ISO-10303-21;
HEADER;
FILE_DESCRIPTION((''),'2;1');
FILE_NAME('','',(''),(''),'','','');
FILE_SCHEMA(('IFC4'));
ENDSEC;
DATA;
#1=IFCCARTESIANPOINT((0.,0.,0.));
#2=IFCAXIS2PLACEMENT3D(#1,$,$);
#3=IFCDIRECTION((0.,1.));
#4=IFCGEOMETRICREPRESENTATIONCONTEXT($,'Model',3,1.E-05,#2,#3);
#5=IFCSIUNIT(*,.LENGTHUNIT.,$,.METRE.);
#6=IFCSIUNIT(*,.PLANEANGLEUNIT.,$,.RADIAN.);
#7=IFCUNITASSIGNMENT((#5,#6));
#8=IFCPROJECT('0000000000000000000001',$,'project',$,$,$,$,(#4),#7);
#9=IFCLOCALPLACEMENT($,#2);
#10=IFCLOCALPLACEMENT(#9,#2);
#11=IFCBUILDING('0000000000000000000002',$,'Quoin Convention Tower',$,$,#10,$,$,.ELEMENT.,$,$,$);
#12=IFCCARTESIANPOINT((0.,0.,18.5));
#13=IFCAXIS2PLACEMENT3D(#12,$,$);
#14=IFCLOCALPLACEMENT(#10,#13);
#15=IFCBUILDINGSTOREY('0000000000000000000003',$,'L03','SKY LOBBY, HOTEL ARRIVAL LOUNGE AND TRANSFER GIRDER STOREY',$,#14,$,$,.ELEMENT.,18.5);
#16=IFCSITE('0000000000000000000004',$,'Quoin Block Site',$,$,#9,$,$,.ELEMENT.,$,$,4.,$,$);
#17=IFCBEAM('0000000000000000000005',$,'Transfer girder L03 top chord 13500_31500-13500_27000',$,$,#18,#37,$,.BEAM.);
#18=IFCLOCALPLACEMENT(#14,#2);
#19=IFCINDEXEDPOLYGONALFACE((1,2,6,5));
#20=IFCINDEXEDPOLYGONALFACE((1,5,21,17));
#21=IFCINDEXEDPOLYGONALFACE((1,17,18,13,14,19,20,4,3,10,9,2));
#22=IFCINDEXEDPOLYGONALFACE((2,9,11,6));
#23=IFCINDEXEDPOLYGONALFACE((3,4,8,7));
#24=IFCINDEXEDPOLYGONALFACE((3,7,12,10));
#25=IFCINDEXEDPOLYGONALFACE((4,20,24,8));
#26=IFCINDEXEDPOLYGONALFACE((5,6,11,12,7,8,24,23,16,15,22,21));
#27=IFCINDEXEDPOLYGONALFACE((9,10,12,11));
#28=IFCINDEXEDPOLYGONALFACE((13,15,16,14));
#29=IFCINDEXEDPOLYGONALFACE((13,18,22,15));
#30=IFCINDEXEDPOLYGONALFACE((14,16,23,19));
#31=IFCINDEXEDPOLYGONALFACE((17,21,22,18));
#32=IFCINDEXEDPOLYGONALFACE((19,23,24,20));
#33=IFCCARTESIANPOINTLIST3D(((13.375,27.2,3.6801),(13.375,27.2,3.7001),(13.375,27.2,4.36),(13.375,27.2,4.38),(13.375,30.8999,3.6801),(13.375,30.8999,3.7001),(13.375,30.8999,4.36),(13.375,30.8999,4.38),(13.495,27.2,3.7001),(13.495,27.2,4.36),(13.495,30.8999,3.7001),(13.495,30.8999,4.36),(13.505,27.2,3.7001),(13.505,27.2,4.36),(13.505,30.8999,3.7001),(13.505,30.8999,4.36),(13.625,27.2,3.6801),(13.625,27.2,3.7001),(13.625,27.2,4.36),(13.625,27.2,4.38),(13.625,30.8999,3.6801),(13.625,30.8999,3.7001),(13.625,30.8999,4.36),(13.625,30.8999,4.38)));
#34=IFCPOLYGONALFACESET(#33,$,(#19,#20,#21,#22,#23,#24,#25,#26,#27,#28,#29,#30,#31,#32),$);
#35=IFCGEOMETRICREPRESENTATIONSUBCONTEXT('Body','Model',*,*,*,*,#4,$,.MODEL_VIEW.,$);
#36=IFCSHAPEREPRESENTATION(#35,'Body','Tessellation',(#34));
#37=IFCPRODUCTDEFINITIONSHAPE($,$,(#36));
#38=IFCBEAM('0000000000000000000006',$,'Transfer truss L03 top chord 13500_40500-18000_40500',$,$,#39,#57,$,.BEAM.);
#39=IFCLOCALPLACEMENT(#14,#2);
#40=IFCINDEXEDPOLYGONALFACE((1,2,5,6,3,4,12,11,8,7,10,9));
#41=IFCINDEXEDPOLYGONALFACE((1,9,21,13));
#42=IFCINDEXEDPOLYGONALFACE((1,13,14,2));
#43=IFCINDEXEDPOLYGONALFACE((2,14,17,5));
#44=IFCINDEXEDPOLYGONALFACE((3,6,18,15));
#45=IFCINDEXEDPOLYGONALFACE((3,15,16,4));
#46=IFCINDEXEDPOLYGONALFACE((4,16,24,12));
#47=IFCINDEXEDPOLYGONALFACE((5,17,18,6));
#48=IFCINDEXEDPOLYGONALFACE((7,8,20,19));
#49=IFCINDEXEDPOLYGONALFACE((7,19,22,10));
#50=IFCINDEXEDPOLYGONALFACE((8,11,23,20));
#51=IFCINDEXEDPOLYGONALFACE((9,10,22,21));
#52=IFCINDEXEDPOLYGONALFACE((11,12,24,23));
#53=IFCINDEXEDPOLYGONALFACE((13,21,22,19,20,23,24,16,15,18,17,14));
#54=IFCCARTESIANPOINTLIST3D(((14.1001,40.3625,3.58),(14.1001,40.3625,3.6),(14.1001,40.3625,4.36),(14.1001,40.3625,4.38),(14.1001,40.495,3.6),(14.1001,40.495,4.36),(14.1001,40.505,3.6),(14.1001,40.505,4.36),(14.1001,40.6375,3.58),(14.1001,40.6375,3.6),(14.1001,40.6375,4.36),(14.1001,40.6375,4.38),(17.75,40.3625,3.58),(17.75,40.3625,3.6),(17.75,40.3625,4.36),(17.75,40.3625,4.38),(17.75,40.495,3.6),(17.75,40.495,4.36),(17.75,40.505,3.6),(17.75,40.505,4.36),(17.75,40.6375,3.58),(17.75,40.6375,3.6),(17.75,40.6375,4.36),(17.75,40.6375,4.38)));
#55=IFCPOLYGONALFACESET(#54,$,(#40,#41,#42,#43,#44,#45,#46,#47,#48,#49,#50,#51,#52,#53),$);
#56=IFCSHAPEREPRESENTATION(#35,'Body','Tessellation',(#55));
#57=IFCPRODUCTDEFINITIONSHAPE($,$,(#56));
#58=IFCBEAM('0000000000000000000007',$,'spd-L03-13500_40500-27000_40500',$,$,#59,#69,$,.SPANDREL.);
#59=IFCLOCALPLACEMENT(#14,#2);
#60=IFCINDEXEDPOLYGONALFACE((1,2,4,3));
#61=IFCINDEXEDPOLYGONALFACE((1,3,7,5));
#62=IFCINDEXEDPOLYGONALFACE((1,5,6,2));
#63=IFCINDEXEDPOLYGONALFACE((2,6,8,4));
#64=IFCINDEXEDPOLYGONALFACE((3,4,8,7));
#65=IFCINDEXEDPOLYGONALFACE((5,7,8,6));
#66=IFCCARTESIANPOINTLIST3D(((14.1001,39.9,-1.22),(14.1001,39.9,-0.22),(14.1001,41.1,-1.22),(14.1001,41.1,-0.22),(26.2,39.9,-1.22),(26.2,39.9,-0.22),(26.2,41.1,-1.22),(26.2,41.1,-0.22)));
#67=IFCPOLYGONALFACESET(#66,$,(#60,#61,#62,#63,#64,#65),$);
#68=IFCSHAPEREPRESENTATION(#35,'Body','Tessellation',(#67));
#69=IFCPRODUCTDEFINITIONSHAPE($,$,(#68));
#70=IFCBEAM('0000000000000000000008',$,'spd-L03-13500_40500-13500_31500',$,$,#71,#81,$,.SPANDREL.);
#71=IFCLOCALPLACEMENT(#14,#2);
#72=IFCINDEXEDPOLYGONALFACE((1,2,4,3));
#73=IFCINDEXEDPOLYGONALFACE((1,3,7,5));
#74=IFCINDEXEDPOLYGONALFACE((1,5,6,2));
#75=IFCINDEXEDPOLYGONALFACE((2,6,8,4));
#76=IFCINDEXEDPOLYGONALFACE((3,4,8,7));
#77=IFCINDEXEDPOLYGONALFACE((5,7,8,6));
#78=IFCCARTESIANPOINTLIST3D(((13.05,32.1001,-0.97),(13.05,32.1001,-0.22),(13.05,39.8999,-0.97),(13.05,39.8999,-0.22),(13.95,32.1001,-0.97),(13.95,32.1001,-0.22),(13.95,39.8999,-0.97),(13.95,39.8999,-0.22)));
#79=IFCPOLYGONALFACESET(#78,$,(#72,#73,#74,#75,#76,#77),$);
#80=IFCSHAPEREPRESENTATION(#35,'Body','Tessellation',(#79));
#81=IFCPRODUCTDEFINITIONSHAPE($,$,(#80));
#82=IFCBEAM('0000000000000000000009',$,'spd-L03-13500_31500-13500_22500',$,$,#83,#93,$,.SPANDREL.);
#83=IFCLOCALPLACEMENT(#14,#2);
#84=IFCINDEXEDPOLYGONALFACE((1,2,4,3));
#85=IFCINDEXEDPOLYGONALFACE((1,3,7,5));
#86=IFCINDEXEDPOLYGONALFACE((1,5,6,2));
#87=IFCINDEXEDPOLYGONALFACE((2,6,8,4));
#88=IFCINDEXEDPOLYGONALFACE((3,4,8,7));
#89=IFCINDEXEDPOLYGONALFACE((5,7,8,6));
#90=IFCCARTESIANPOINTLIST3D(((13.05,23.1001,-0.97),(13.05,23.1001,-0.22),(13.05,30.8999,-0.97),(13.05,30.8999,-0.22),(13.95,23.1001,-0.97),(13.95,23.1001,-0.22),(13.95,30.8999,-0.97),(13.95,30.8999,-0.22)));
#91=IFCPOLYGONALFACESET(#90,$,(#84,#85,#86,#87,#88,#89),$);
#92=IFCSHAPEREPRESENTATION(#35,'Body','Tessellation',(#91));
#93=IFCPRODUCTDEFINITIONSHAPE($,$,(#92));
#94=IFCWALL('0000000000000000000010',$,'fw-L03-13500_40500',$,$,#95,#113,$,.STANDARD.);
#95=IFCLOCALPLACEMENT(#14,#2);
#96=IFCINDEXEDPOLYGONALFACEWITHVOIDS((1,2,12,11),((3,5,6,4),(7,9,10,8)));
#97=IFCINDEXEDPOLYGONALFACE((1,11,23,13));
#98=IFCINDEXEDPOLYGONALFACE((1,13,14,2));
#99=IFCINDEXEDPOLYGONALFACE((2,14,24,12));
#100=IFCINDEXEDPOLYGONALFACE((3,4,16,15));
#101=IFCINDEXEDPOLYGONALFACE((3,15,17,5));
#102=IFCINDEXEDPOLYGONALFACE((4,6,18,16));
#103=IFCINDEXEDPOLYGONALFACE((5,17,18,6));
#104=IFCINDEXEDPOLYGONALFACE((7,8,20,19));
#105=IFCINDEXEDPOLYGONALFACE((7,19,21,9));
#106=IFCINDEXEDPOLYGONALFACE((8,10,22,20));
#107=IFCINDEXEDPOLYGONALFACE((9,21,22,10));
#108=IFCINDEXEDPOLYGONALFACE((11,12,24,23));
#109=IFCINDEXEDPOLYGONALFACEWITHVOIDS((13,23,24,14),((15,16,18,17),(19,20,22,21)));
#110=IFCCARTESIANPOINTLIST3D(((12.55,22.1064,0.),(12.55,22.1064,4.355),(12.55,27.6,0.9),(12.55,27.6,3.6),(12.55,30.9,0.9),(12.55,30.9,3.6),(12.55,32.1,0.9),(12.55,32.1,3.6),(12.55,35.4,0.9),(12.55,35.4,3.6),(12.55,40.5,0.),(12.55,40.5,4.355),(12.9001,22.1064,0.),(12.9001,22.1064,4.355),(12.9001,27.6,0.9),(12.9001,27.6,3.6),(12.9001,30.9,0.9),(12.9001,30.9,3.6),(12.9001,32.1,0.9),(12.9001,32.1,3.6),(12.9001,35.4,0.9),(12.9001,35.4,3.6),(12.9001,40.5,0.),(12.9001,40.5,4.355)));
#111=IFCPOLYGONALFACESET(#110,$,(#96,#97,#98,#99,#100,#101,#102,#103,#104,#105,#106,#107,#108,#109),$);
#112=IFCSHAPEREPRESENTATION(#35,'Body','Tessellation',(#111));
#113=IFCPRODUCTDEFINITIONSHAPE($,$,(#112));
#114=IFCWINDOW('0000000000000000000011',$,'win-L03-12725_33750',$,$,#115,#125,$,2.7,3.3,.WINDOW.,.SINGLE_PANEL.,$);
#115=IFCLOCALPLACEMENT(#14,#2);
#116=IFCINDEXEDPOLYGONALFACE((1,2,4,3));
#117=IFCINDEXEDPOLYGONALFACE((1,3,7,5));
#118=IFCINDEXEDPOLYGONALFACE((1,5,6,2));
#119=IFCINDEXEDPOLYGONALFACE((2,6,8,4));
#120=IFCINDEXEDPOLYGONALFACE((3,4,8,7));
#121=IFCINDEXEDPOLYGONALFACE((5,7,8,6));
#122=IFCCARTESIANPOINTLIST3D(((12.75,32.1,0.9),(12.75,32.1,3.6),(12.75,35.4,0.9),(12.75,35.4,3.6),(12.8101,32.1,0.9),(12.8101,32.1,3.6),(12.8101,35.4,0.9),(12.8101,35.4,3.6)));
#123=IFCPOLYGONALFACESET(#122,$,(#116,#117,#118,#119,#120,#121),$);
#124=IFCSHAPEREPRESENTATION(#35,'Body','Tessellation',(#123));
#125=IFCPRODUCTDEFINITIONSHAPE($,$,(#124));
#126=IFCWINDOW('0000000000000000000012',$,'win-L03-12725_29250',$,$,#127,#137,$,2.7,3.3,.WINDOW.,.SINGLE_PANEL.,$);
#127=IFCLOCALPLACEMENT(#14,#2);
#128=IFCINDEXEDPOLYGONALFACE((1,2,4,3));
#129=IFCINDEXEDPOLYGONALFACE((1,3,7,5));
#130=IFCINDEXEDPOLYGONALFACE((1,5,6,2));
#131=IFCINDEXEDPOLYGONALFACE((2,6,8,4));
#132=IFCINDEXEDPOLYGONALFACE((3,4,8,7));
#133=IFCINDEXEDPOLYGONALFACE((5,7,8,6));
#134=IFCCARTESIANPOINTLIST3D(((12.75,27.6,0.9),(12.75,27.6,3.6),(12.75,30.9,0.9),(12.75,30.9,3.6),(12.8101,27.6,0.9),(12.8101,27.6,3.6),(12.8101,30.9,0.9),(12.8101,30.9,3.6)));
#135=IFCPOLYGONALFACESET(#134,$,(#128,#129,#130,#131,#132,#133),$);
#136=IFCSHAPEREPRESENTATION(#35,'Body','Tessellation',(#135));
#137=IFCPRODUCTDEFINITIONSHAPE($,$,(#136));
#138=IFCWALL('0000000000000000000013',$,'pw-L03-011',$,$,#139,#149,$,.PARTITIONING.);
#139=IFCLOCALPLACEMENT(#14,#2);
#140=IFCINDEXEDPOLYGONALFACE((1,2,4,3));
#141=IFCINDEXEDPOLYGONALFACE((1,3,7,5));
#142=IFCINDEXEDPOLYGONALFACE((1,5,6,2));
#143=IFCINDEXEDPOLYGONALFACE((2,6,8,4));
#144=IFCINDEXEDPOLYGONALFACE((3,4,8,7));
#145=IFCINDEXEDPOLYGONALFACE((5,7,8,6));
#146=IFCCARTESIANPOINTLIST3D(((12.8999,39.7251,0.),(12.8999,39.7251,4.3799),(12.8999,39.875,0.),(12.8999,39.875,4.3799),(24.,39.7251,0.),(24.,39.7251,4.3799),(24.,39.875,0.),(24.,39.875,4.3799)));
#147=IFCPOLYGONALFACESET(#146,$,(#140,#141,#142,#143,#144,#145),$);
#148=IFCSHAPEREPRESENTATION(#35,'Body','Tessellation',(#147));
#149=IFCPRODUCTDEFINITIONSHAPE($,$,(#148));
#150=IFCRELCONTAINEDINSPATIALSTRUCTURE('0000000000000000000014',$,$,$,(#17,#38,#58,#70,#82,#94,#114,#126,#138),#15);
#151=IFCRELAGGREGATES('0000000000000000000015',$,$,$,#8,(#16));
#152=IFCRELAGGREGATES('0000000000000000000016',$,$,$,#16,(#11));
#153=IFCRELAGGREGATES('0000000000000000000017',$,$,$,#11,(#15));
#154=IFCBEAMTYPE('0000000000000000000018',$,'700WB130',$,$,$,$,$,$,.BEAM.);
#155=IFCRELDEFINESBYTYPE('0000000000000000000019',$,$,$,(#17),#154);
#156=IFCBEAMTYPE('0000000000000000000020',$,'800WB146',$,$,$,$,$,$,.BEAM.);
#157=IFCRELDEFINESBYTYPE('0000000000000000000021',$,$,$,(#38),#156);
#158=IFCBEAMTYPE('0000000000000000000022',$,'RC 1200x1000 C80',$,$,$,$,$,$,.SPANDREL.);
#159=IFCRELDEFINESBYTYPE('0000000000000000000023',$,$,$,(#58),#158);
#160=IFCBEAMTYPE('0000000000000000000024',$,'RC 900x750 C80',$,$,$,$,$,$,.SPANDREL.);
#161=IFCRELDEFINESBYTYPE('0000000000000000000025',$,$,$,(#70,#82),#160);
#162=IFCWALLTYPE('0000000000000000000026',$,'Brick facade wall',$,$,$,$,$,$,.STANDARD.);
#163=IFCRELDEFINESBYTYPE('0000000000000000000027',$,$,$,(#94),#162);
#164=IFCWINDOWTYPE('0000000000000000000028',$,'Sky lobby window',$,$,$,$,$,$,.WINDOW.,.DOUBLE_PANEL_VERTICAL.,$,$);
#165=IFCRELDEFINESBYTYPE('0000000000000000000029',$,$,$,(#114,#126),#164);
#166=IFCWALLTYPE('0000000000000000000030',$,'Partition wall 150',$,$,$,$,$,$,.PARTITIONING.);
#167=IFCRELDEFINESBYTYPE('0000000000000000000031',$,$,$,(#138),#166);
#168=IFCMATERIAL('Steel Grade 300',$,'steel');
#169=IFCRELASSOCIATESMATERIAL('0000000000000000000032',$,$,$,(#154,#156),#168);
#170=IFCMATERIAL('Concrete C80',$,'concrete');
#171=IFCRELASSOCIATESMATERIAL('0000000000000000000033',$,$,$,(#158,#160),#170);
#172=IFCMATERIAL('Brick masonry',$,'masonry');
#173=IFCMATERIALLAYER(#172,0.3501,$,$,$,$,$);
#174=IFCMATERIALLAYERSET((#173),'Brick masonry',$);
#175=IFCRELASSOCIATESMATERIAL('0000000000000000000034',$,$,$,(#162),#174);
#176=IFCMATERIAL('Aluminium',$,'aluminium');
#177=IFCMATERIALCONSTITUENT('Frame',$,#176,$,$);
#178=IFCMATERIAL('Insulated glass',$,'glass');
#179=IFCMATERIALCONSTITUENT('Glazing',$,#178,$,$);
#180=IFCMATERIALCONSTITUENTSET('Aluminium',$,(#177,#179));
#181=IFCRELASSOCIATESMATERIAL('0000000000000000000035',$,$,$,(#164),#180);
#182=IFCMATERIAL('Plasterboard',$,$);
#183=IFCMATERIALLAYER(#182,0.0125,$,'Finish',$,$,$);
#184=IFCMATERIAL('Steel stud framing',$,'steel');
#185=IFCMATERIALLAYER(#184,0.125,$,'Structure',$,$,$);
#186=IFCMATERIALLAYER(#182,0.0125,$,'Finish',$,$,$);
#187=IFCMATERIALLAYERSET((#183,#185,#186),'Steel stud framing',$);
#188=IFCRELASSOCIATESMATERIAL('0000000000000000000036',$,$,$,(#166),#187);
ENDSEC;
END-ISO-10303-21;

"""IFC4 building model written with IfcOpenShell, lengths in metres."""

from ifc_helpers import new_model, si_unit, direction, frame, frame_2d, origin, origin_2d, place, context, subcontext, project, spatial, rectangle, i_section, extrude, material, layer, layer_set, constituent, constituent_set, material_profile, profile_set, type_object, element, fill, save


model = new_model("IFC4")

# Units and contexts
model_context = context("Model", 3, precision=1e-05, world=origin(), true_north=direction((0.0, 1.0)))
body_context = subcontext(model_context, "Body", "Model", "MODEL_VIEW")
ifc_project = project(units=[si_unit("LENGTHUNIT", "METRE"), si_unit("PLANEANGLEUNIT", "RADIAN")], contexts=[model_context])

# Site, building, storey
site_placement = place(None, origin())
site = spatial("IfcSite", under=ifc_project, at=site_placement, Name="Quoin Block Site", CompositionType="ELEMENT", RefElevation=4.0)
building_placement = place(site_placement, origin())
building = spatial("IfcBuilding", under=site, at=building_placement, Name="Quoin Convention Tower", CompositionType="ELEMENT")
storey_placement = place(building_placement, frame((0.0, 0.0, 18.5)))
storey = spatial("IfcBuildingStorey", under=building, at=storey_placement, Name="L03", Description="SKY LOBBY, HOTEL ARRIVAL LOUNGE AND TRANSFER GIRDER STOREY", CompositionType="ELEMENT", Elevation=18.5)

# Shared definitions
ifc_material_1 = material(Name="Concrete C80", Category="concrete")

# Shared definitions
ifc_material_2 = material(Name="Steel Grade 300", Category="steel")

# Beams
ifc_material_profile_1 = material_profile(ifc_material_2, i_section(OverallWidth=0.25, OverallDepth=0.7, WebThickness=0.01, FlangeThickness=0.02, at=origin_2d()), Name="700WB130")
ifc_profile_set_1 = profile_set([ifc_material_profile_1], Name="Steel Grade 300")
beam_type_1 = type_object("IfcBeamType", Name="700WB130", PredefinedType="BEAM", material=ifc_profile_set_1)
for number, where, z_axis, x_axis, name in (
    (1, (13.5, 30.8999, 4.03), (0.0, -1.0, 0.0), (1.0, 0.0, 0.0), "Transfer girder L03 top chord 13500_31500-13500_27000"),
):
    element("IfcBeam", number, at=place(storey_placement, frame(where, z_axis=z_axis, x_axis=x_axis)), inside=storey, type_object=beam_type_1, Name=name, PredefinedType="BEAM", context=body_context, shape_type="SweptSolid", body=[
        extrude(i_section(OverallWidth=0.25, OverallDepth=0.7, WebThickness=0.01, FlangeThickness=0.02, at=origin_2d()), origin(), (0.0, 0.0, 1.0), 3.7),
    ])
ifc_material_profile_2 = material_profile(ifc_material_2, i_section(OverallWidth=0.2749, OverallDepth=0.8, WebThickness=0.01, FlangeThickness=0.02, at=origin_2d()), Name="800WB146")
ifc_profile_set_2 = profile_set([ifc_material_profile_2], Name="Steel Grade 300")
beam_type_2 = type_object("IfcBeamType", Name="800WB146", PredefinedType="BEAM", material=ifc_profile_set_2)
beam_1_placement = place(storey_placement, frame((14.1001, 40.5, 3.98), z_axis=(1.0, 0.0, 0.0), x_axis=(0.0, 1.0, 0.0)))
element("IfcBeam", 2, at=beam_1_placement, inside=storey, type_object=beam_type_2, Name="Transfer truss L03 top chord 13500_40500-18000_40500", PredefinedType="BEAM", context=body_context, shape_type="SweptSolid", body=[
    extrude(i_section(OverallWidth=0.2749, OverallDepth=0.8, WebThickness=0.01, FlangeThickness=0.02, at=origin_2d()), origin(), (0.0, 0.0, 1.0), 3.6499),
])
ifc_material_profile_3 = material_profile(ifc_material_1, rectangle(XDim=1.2, YDim=1.0, at=origin_2d()), Name="RC 1200x1000")
ifc_profile_set_3 = profile_set([ifc_material_profile_3], Name="Concrete C80")
beam_type_3 = type_object("IfcBeamType", Name="RC 1200x1000 C80", PredefinedType="SPANDREL", material=ifc_profile_set_3)
beam_2_placement = place(storey_placement, frame((14.1001, 40.5, -0.72), z_axis=(1.0, 0.0, 0.0), x_axis=(0.0, 1.0, 0.0)))
element("IfcBeam", 3, at=beam_2_placement, inside=storey, type_object=beam_type_3, Name="spd-L03-13500_40500-27000_40500", PredefinedType="SPANDREL", context=body_context, shape_type="SweptSolid", body=[
    extrude(rectangle(XDim=1.2, YDim=1.0, at=origin_2d()), origin(), (0.0, 0.0, 1.0), 12.0999),
])
ifc_material_profile_4 = material_profile(ifc_material_1, rectangle(XDim=0.8999, YDim=0.75, at=origin_2d()), Name="RC 900x750")
ifc_profile_set_4 = profile_set([ifc_material_profile_4], Name="Concrete C80")
beam_type_4 = type_object("IfcBeamType", Name="RC 900x750 C80", PredefinedType="SPANDREL", material=ifc_profile_set_4)
for number, where, z_axis, x_axis, name in (
    (4, (13.5, 39.8999, -0.595), (0.0, -1.0, 0.0), (1.0, 0.0, 0.0), "spd-L03-13500_40500-13500_31500"),
    (5, (13.5, 30.8999, -0.595), (0.0, -1.0, 0.0), (1.0, 0.0, 0.0), "spd-L03-13500_31500-13500_22500"),
):
    element("IfcBeam", number, at=place(storey_placement, frame(where, z_axis=z_axis, x_axis=x_axis)), inside=storey, type_object=beam_type_4, Name=name, PredefinedType="SPANDREL", context=body_context, shape_type="SweptSolid", body=[
        extrude(rectangle(XDim=0.8999, YDim=0.75, at=origin_2d()), origin(), (0.0, 0.0, 1.0), 7.7998),
    ])

# Wall, openings, windows
ifc_material_3 = material(Name="Brick masonry", Category="masonry")
ifc_layer_1 = layer(ifc_material_3, 0.3501)
ifc_layer_set_1 = layer_set([ifc_layer_1], Name="Brick masonry")
wall_type_1 = type_object("IfcWallType", Name="Brick facade wall", PredefinedType="STANDARD", material=ifc_layer_set_1)
wall_1_placement = place(storey_placement, frame((12.7251, 40.5, 0.0), z_axis=(0.0, 0.0, 1.0), x_axis=(0.0, -1.0, 0.0)))
wall_1 = element("IfcWall", 6, at=wall_1_placement, inside=storey, type_object=wall_type_1, Name="fw-L03-13500_40500", PredefinedType="STANDARD", context=body_context, shape_type="SweptSolid", body=[
    extrude(rectangle(XDim=18.3936, YDim=0.3501, at=frame_2d((9.1968, 0.0))), origin(), (0.0, 0.0, 1.0), 4.355),
])
opening_1_placement = place(wall_1_placement, frame((5.1001, 0.0, 0.8999)))
opening_1 = element("IfcOpeningElement", 7, at=opening_1_placement, cuts=wall_1, PredefinedType="OPENING", context=body_context, shape_type="SweptSolid", body=[
    extrude(rectangle(XDim=3.3, YDim=2.7, at=frame_2d((1.6499, 1.3501))), frame((0.0, 0.1851, 0.0), z_axis=(0.0, -1.0, 0.0), x_axis=(1.0, 0.0, 0.0)), (0.0, 0.0, 1.0), 0.3701),
])
opening_2_placement = place(wall_1_placement, frame((9.6001, 0.0, 0.8999)))
opening_2 = element("IfcOpeningElement", 8, at=opening_2_placement, cuts=wall_1, PredefinedType="OPENING", context=body_context, shape_type="SweptSolid", body=[
    extrude(rectangle(XDim=3.3, YDim=2.7, at=frame_2d((1.6499, 1.3501))), frame((0.0, 0.1851, 0.0), z_axis=(0.0, -1.0, 0.0), x_axis=(1.0, 0.0, 0.0)), (0.0, 0.0, 1.0), 0.3701),
])
ifc_material_4 = material(Name="Aluminium", Category="aluminium")
ifc_constituent_1 = constituent(ifc_material_4, Name="Frame")
ifc_material_5 = material(Name="Insulated glass", Category="glass")
ifc_constituent_2 = constituent(ifc_material_5, Name="Glazing")
ifc_constituent_set = constituent_set(constituents=[ifc_constituent_1, ifc_constituent_2], Name="Aluminium")
window_type = type_object("IfcWindowType", Name="Sky lobby window", PartitioningType="DOUBLE_PANEL_VERTICAL", PredefinedType="WINDOW", material=ifc_constituent_set)
window_1_placement = place(opening_1_placement, origin())
window_1 = element("IfcWindow", 9, at=window_1_placement, inside=storey, type_object=window_type, Name="win-L03-12725_33750", OverallHeight=2.7, OverallWidth=3.3, PartitioningType="SINGLE_PANEL", PredefinedType="WINDOW", context=body_context, shape_type="SweptSolid", body=[
    extrude(rectangle(XDim=3.3, YDim=2.7, at=frame_2d((1.6499, 1.3501))), frame((0.0, 0.085, 0.0), z_axis=(0.0, -1.0, 0.0), x_axis=(1.0, 0.0, 0.0)), (0.0, 0.0, 1.0), 0.0601),
])
fill(opening_1, window_1)
window_2_placement = place(opening_2_placement, origin())
window_2 = element("IfcWindow", 10, at=window_2_placement, inside=storey, type_object=window_type, Name="win-L03-12725_29250", OverallHeight=2.7, OverallWidth=3.3, PartitioningType="SINGLE_PANEL", PredefinedType="WINDOW", context=body_context, shape_type="SweptSolid", body=[
    extrude(rectangle(XDim=3.3, YDim=2.7, at=frame_2d((1.6499, 1.3501))), frame((0.0, 0.085, 0.0), z_axis=(0.0, -1.0, 0.0), x_axis=(1.0, 0.0, 0.0)), (0.0, 0.0, 1.0), 0.0601),
])
fill(opening_2, window_2)

# Wall
ifc_material_6 = material(Name="Plasterboard")
ifc_layer_2 = layer(ifc_material_6, 0.0125, Name="Finish")
ifc_material_7 = material(Name="Steel stud framing", Category="steel")
ifc_layer_3 = layer(ifc_material_7, 0.125, Name="Structure")
ifc_layer_4 = layer(ifc_material_6, 0.0125, Name="Finish")
ifc_layer_set_2 = layer_set([ifc_layer_2, ifc_layer_3, ifc_layer_4], Name="Steel stud framing")
wall_type_2 = type_object("IfcWallType", Name="Partition wall 150", PredefinedType="PARTITIONING", material=ifc_layer_set_2)
wall_2_placement = place(storey_placement, frame((12.8999, 39.8, 0.0), z_axis=(0.0, 0.0, 1.0), x_axis=(1.0, 0.0, 0.0)))
element("IfcWall", 11, at=wall_2_placement, inside=storey, type_object=wall_type_2, Name="pw-L03-011", PredefinedType="PARTITIONING", context=body_context, shape_type="SweptSolid", body=[
    extrude(rectangle(XDim=11.1001, YDim=0.1499, at=frame_2d((5.55, 0.0))), origin(), (0.0, 0.0, 1.0), 4.3799),
])

save(model, "model.ifc")
